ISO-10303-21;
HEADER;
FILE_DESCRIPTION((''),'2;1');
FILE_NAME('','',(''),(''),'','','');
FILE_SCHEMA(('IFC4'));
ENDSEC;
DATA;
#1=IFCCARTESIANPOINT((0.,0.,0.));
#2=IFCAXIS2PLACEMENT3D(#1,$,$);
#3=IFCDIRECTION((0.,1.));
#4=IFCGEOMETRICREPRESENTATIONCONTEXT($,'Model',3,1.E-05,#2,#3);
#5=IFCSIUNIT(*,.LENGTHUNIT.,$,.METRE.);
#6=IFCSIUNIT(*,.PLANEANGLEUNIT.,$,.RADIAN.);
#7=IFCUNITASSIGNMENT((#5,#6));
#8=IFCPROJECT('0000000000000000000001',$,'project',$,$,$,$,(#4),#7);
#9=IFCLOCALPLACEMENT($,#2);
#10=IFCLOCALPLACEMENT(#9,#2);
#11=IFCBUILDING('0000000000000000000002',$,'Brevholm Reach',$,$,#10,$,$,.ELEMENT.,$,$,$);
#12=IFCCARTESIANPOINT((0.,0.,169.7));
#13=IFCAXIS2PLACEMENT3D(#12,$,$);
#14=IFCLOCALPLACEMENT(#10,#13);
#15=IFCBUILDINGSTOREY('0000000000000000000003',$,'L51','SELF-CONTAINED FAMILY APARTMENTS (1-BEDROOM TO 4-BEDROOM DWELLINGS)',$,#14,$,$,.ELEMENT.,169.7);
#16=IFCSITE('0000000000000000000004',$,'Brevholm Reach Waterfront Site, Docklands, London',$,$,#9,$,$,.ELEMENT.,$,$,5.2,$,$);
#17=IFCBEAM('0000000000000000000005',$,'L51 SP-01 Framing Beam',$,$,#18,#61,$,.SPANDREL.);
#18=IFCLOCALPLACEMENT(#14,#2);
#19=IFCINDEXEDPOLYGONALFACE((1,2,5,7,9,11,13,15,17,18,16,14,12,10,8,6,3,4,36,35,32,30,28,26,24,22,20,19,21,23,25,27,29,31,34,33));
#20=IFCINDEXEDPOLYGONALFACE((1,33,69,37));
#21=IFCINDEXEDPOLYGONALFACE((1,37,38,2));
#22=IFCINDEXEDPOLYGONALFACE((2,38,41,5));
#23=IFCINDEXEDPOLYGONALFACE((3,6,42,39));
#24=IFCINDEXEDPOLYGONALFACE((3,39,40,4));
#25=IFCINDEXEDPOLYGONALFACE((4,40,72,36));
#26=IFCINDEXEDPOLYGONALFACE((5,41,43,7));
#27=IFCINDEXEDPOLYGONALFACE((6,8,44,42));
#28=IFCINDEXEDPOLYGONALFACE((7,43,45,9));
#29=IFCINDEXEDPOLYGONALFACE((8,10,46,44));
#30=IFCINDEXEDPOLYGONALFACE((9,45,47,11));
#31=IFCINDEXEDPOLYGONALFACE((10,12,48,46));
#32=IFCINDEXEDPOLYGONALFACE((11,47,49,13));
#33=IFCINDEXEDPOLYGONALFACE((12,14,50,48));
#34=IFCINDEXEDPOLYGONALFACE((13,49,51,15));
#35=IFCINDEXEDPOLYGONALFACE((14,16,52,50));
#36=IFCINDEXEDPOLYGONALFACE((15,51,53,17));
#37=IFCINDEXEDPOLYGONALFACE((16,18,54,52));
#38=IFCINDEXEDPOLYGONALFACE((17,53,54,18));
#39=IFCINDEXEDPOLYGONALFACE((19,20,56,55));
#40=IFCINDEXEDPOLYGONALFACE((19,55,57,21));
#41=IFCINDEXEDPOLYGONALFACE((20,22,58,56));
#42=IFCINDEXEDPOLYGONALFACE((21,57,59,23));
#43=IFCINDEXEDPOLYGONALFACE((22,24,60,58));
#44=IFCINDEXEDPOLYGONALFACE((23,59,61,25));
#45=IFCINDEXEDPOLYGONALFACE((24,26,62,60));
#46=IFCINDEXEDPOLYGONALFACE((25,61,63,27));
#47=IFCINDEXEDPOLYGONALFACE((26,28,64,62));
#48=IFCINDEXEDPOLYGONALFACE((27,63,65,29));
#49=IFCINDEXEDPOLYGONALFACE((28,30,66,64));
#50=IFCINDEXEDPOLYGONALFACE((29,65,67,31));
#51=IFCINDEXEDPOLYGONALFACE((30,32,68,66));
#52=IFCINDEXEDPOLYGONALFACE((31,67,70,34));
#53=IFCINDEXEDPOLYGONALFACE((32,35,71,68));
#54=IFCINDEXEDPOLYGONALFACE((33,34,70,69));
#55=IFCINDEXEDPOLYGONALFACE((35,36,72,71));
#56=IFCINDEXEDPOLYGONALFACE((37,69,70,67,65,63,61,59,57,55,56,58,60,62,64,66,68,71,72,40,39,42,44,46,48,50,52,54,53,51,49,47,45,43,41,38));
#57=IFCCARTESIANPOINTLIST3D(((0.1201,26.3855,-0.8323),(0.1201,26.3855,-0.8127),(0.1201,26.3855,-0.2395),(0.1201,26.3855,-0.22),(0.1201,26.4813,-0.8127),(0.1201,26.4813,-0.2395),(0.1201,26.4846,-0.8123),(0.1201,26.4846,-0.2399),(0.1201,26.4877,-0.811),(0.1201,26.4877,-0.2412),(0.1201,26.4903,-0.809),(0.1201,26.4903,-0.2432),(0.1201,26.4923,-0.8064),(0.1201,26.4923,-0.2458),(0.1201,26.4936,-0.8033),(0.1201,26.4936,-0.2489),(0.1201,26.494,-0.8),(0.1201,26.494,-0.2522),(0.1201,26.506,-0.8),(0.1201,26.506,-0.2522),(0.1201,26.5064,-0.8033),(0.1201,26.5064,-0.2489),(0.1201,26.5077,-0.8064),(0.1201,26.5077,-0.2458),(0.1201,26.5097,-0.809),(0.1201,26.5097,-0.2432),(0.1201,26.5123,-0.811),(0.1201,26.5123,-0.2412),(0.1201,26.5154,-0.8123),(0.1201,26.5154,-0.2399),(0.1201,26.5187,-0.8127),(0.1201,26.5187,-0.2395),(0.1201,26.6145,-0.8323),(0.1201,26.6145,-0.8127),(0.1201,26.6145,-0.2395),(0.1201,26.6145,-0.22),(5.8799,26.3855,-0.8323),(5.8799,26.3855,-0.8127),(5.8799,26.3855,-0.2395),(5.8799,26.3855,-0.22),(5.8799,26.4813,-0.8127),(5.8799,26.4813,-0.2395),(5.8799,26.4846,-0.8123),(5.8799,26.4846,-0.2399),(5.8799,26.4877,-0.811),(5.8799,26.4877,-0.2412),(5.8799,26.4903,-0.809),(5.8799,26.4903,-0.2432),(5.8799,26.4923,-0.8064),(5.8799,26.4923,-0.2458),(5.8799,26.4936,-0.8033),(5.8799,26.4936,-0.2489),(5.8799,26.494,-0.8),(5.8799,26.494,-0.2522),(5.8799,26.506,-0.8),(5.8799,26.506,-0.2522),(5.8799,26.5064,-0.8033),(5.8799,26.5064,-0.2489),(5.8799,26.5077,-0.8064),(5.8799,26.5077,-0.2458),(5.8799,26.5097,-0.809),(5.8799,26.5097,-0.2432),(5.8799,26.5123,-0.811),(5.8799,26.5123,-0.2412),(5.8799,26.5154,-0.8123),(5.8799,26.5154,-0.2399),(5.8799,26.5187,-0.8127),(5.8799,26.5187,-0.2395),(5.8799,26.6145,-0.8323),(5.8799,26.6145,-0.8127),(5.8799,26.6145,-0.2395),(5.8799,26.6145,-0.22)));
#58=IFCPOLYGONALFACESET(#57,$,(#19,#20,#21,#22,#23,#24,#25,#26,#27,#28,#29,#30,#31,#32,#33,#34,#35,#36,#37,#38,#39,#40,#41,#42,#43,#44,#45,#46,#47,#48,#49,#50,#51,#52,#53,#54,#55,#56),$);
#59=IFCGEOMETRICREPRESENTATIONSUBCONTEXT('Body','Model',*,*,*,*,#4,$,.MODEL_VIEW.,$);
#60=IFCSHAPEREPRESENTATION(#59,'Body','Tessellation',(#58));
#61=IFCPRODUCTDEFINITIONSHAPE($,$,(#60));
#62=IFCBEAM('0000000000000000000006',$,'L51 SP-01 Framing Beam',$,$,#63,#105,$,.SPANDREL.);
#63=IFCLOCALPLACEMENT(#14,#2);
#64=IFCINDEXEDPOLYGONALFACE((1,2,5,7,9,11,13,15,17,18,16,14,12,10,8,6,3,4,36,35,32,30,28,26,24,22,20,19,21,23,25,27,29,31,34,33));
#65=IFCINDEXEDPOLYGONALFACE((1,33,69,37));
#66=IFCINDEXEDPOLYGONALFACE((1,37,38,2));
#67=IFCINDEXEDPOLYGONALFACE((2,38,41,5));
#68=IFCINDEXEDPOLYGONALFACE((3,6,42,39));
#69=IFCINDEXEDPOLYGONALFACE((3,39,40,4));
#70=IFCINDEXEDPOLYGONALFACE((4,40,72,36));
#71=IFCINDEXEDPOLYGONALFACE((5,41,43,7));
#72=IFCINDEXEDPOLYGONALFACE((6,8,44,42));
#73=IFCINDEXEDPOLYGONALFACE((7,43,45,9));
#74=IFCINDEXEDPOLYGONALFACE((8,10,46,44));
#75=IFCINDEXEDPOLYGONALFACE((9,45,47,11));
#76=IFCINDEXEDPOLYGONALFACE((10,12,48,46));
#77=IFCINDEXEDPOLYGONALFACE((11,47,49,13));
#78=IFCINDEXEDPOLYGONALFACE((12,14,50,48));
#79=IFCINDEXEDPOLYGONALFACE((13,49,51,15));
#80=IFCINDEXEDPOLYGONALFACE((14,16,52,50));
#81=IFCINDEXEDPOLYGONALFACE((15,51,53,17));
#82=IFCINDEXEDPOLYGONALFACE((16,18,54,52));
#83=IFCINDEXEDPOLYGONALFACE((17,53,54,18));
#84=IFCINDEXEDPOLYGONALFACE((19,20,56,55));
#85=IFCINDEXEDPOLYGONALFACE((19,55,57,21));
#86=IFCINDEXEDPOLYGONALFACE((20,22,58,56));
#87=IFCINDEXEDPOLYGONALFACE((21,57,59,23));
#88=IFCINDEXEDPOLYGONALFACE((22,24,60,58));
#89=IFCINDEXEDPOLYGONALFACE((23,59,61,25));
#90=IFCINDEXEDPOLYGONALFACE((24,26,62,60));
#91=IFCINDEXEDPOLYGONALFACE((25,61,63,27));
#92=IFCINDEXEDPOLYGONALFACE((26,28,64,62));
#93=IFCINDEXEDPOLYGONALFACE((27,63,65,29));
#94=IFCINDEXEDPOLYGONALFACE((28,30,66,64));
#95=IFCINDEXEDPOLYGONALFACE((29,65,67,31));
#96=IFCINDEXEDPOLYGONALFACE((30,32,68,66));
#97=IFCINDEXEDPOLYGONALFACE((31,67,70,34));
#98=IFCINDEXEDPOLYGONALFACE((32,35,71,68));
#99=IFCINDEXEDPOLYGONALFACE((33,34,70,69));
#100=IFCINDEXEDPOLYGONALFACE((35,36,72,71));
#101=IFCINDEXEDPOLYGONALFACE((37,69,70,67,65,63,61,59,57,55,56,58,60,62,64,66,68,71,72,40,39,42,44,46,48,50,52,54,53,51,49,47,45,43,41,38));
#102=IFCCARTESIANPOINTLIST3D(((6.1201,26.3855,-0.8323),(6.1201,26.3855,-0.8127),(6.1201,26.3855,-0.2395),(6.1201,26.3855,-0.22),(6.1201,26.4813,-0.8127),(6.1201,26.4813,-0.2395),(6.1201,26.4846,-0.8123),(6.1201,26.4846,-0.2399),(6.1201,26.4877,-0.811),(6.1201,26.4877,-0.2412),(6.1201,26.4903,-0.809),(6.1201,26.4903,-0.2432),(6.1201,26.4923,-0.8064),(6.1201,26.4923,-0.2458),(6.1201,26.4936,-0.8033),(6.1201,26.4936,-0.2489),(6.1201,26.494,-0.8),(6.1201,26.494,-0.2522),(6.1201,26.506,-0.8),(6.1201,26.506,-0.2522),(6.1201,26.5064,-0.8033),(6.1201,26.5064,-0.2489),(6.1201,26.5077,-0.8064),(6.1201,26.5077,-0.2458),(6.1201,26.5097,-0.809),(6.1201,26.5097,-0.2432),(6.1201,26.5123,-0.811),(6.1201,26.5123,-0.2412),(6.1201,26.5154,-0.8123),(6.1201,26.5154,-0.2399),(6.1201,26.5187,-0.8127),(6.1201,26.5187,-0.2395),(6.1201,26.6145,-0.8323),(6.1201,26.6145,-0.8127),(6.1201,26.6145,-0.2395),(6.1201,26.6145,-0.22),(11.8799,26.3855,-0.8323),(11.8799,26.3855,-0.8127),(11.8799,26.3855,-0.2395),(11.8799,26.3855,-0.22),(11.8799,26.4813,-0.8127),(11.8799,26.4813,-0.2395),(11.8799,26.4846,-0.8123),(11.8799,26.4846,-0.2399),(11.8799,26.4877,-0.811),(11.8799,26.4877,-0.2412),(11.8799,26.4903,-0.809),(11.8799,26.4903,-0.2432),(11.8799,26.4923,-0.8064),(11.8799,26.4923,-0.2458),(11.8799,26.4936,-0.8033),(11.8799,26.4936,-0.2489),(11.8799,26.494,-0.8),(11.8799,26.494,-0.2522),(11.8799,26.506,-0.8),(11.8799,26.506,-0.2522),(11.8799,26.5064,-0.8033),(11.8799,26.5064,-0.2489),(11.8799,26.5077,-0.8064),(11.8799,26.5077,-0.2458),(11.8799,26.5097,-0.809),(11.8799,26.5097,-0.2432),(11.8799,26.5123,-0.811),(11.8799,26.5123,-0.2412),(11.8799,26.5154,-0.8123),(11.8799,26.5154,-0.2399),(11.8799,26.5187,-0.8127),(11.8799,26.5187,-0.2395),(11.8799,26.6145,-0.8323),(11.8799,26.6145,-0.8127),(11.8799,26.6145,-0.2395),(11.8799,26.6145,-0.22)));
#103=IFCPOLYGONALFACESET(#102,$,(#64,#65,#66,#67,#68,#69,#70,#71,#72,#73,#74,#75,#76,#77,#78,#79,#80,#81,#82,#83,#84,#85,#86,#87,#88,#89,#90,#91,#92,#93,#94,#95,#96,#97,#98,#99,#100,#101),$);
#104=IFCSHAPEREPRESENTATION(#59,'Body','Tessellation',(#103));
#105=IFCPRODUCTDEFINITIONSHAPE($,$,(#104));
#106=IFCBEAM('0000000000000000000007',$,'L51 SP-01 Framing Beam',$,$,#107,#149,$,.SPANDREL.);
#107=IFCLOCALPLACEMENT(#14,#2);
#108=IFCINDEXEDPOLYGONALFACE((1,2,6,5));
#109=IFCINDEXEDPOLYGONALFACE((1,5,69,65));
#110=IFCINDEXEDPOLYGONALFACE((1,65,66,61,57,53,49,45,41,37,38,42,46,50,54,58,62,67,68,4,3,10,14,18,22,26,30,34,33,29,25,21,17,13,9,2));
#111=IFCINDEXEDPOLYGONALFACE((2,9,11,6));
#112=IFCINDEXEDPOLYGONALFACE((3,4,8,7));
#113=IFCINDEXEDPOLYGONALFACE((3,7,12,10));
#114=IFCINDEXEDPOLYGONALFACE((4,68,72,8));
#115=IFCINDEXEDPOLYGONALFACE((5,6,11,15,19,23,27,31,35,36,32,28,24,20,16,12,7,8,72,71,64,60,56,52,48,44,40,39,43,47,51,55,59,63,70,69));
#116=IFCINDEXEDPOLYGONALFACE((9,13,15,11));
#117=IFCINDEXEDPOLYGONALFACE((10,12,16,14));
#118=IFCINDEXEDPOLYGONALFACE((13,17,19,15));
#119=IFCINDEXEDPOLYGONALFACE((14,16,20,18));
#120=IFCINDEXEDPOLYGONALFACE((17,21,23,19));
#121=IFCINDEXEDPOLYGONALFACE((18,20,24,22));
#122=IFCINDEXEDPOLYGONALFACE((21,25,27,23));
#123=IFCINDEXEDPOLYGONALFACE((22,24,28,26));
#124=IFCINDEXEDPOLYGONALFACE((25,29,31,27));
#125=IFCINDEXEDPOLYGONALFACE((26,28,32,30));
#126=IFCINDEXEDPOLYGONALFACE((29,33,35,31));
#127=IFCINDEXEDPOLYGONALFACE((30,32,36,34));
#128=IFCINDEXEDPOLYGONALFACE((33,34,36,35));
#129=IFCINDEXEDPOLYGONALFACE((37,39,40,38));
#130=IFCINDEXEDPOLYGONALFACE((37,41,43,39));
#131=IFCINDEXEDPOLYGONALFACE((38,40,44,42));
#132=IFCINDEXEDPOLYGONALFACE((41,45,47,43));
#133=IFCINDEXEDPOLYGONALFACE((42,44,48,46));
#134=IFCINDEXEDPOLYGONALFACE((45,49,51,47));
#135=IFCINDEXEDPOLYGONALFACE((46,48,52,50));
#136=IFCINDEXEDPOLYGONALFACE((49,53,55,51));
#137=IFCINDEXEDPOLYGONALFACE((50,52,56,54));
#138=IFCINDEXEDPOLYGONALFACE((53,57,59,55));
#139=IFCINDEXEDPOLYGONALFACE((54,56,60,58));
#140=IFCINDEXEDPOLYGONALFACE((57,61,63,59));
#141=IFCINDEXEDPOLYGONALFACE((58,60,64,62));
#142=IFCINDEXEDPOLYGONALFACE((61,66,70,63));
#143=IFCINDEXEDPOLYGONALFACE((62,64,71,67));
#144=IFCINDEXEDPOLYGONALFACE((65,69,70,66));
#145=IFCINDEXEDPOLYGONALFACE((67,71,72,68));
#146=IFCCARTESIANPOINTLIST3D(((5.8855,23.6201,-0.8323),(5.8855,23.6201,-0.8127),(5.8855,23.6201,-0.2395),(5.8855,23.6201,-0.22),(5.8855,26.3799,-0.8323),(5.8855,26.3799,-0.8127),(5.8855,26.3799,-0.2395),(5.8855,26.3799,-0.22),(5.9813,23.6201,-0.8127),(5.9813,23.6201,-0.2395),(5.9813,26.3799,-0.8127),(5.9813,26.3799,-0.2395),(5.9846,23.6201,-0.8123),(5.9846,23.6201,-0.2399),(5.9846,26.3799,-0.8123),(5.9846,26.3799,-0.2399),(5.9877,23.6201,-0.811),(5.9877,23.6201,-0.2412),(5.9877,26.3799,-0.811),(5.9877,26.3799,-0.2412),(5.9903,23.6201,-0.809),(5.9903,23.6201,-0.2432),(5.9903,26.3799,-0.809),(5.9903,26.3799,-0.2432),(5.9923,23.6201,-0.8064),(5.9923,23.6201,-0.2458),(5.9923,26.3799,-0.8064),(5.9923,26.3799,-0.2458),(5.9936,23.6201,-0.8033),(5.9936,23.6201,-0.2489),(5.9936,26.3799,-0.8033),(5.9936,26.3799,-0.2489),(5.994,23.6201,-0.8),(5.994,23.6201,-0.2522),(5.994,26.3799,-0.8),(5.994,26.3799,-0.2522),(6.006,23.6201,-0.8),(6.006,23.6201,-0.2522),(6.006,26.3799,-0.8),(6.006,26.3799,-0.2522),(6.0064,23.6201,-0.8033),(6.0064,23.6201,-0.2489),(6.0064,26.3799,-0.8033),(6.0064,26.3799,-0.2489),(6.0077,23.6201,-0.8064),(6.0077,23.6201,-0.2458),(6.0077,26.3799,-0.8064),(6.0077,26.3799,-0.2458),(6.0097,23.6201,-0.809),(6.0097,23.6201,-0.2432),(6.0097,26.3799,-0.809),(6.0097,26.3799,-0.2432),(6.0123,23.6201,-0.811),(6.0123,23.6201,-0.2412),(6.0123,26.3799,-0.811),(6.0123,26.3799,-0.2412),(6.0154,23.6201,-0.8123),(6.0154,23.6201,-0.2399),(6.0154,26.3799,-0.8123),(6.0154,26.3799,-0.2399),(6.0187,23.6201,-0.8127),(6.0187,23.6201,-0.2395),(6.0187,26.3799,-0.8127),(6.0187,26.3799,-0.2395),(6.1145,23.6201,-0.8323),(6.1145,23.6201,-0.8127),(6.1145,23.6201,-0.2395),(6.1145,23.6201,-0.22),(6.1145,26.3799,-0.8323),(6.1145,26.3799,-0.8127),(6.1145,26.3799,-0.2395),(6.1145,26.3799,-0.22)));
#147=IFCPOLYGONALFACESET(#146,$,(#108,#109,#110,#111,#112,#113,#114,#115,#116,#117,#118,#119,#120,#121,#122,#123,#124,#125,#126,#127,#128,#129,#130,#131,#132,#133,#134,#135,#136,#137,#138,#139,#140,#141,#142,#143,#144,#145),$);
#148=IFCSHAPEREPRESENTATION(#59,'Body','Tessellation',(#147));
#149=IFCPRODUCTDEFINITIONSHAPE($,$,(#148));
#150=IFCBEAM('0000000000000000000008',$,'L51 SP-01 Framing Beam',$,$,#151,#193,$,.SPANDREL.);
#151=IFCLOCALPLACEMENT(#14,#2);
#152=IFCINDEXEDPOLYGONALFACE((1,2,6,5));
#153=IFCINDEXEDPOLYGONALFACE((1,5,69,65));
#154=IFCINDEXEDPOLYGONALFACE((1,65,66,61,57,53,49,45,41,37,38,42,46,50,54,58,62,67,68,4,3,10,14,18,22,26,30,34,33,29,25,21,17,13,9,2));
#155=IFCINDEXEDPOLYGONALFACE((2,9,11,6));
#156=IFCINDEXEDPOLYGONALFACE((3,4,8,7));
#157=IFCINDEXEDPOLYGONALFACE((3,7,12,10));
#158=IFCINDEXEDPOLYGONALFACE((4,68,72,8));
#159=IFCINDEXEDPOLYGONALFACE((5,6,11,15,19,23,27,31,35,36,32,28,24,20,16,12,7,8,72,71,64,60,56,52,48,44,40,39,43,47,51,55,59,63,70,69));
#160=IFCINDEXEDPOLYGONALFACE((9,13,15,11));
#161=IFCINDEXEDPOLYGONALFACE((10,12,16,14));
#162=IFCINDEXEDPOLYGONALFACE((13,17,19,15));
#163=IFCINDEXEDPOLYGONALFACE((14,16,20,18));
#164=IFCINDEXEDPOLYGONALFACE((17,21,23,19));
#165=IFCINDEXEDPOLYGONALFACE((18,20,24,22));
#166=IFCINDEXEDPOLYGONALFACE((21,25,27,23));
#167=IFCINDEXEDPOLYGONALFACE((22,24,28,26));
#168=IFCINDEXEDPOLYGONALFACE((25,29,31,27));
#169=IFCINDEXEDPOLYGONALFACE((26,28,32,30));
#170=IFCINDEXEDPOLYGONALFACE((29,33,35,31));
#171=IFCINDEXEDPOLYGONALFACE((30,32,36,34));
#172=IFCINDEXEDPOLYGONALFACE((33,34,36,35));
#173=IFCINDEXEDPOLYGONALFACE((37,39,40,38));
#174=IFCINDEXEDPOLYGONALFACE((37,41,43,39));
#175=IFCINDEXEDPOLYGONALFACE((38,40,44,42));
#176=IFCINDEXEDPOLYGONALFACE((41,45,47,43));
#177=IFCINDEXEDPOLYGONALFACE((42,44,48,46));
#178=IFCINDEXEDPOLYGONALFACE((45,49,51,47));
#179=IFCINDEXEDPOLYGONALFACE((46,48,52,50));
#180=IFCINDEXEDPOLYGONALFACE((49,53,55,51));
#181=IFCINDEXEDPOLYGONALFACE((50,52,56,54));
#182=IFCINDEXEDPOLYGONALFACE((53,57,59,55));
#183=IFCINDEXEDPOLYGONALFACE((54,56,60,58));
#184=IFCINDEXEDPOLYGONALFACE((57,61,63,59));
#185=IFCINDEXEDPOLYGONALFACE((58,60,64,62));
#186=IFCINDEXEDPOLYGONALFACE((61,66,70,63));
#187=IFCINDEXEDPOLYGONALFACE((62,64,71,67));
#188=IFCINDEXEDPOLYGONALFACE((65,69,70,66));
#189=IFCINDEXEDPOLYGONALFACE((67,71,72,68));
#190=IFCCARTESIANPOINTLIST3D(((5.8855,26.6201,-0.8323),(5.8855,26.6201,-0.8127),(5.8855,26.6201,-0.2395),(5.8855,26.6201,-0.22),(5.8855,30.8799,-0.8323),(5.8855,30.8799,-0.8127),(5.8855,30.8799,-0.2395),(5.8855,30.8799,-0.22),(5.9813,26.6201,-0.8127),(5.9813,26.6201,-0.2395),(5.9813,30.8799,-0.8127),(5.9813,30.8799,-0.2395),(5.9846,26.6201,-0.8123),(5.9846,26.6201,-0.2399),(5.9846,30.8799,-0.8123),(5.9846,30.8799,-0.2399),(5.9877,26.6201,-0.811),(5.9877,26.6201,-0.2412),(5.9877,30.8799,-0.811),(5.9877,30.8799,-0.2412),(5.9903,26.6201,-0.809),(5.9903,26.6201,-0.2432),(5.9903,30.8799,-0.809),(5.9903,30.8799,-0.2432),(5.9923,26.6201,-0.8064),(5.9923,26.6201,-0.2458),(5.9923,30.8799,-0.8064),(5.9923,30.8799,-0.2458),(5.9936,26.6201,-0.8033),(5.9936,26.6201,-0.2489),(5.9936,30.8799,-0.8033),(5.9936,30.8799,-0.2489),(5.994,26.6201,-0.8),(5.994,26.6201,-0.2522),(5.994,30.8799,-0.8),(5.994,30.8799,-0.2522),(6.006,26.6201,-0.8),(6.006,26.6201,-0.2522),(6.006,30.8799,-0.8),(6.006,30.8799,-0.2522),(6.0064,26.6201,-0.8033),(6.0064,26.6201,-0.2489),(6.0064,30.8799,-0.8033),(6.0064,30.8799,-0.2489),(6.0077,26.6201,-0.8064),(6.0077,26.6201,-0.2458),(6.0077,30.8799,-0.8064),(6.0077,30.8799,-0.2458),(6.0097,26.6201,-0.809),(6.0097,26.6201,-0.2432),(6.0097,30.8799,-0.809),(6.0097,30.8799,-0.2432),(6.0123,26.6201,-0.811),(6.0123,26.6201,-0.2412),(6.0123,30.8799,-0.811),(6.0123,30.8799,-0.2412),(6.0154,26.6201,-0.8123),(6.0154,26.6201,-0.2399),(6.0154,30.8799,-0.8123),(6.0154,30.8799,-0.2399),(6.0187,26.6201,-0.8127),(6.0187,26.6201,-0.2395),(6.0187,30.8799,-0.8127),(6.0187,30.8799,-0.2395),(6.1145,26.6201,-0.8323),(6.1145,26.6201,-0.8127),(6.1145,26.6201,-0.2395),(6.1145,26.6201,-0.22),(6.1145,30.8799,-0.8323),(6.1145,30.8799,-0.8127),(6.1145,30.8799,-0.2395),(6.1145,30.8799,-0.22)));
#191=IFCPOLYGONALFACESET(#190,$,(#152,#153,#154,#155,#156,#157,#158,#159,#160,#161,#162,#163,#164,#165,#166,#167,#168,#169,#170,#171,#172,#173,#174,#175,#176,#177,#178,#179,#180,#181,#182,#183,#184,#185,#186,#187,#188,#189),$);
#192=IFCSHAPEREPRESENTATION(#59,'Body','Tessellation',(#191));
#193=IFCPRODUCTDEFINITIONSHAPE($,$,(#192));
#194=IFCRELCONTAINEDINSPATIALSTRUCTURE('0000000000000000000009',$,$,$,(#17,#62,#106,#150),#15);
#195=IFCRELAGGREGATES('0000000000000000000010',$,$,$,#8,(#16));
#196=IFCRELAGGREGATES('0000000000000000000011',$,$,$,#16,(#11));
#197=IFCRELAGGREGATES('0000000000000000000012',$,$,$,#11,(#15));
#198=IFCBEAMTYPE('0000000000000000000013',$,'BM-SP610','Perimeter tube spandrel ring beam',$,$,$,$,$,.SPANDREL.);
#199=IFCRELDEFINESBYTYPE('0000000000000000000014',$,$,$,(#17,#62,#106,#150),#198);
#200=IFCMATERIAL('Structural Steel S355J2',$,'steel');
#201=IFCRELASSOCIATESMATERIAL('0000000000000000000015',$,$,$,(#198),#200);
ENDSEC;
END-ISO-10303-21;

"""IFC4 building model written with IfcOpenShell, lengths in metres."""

from ifc_helpers import new_model, si_unit, direction, frame, origin, origin_2d, place, context, subcontext, project, spatial, i_section, extrude, material, material_profile, profile_set, type_object, element, save


model = new_model("IFC4")

# Units and contexts
model_context = context("Model", 3, precision=1e-05, world=origin(), true_north=direction((0.0, 1.0)))
body_context = subcontext(model_context, "Body", "Model", "MODEL_VIEW")
ifc_project = project(units=[si_unit("LENGTHUNIT", "METRE"), si_unit("PLANEANGLEUNIT", "RADIAN")], contexts=[model_context])

# Site, building, storey
site_placement = place(None, origin())
site = spatial("IfcSite", under=ifc_project, at=site_placement, Name="Brevholm Reach Waterfront Site, Docklands, London", CompositionType="ELEMENT", RefElevation=5.2)
building_placement = place(site_placement, origin())
building = spatial("IfcBuilding", under=site, at=building_placement, Name="Brevholm Reach", CompositionType="ELEMENT")
storey_placement = place(building_placement, frame((0.0, 0.0, 169.7)))
storey = spatial("IfcBuildingStorey", under=building, at=storey_placement, Name="L51", Description="SELF-CONTAINED FAMILY APARTMENTS (1-BEDROOM TO 4-BEDROOM DWELLINGS)", CompositionType="ELEMENT", Elevation=169.7)

# Beams
ifc_material_1 = material(Name="Structural Steel S355J2", Category="steel")
ifc_material_profile_1 = material_profile(ifc_material_1, i_section(OverallWidth=0.229, OverallDepth=0.6123, WebThickness=0.012, FlangeThickness=0.0195, FilletRadius=0.0127, at=origin_2d()), Name="UKB 610x229x125")
ifc_profile_set_1 = profile_set([ifc_material_profile_1], Name="Structural Steel S355J2")
beam_type_1 = type_object("IfcBeamType", Name="BM-SP610", Description="Perimeter tube spandrel ring beam", PredefinedType="SPANDREL", material=ifc_profile_set_1)
for number, where, z_axis, x_axis, name in (
    (1, (0.1201, 26.5, -0.5261), (1.0, 0.0, 0.0), (0.0, 1.0, 0.0), "L51 SP-01 Framing Beam"),
    (2, (6.1201, 26.5, -0.5261), (1.0, 0.0, 0.0), (0.0, 1.0, 0.0), "L51 SP-01 Framing Beam"),
):
    element("IfcBeam", number, at=place(storey_placement, frame(where, z_axis=z_axis, x_axis=x_axis)), inside=storey, type_object=beam_type_1, Name=name, PredefinedType="SPANDREL", context=body_context, shape_type="SweptSolid", body=[
        extrude(i_section(OverallWidth=0.229, OverallDepth=0.6123, WebThickness=0.012, FlangeThickness=0.0195, FilletRadius=0.0127, at=origin_2d()), origin(), (0.0, 0.0, 1.0), 5.7598),
    ])
beam_1_placement = place(storey_placement, frame((6.0, 23.6201, -0.5261), z_axis=(0.0, 1.0, 0.0), x_axis=(-1.0, 0.0, 0.0)))
element("IfcBeam", 3, at=beam_1_placement, inside=storey, type_object=beam_type_1, Name="L51 SP-01 Framing Beam", PredefinedType="SPANDREL", context=body_context, shape_type="SweptSolid", body=[
    extrude(i_section(OverallWidth=0.229, OverallDepth=0.6123, WebThickness=0.012, FlangeThickness=0.0195, FilletRadius=0.0127, at=origin_2d()), origin(), (0.0, 0.0, 1.0), 2.7598),
])
beam_2_placement = place(storey_placement, frame((6.0, 26.6201, -0.5261), z_axis=(0.0, 1.0, 0.0), x_axis=(-1.0, 0.0, 0.0)))
element("IfcBeam", 4, at=beam_2_placement, inside=storey, type_object=beam_type_1, Name="L51 SP-01 Framing Beam", PredefinedType="SPANDREL", context=body_context, shape_type="SweptSolid", body=[
    extrude(i_section(OverallWidth=0.229, OverallDepth=0.6123, WebThickness=0.012, FlangeThickness=0.0195, FilletRadius=0.0127, at=origin_2d()), origin(), (0.0, 0.0, 1.0), 4.2598),
])

save(model, "model.ifc")
